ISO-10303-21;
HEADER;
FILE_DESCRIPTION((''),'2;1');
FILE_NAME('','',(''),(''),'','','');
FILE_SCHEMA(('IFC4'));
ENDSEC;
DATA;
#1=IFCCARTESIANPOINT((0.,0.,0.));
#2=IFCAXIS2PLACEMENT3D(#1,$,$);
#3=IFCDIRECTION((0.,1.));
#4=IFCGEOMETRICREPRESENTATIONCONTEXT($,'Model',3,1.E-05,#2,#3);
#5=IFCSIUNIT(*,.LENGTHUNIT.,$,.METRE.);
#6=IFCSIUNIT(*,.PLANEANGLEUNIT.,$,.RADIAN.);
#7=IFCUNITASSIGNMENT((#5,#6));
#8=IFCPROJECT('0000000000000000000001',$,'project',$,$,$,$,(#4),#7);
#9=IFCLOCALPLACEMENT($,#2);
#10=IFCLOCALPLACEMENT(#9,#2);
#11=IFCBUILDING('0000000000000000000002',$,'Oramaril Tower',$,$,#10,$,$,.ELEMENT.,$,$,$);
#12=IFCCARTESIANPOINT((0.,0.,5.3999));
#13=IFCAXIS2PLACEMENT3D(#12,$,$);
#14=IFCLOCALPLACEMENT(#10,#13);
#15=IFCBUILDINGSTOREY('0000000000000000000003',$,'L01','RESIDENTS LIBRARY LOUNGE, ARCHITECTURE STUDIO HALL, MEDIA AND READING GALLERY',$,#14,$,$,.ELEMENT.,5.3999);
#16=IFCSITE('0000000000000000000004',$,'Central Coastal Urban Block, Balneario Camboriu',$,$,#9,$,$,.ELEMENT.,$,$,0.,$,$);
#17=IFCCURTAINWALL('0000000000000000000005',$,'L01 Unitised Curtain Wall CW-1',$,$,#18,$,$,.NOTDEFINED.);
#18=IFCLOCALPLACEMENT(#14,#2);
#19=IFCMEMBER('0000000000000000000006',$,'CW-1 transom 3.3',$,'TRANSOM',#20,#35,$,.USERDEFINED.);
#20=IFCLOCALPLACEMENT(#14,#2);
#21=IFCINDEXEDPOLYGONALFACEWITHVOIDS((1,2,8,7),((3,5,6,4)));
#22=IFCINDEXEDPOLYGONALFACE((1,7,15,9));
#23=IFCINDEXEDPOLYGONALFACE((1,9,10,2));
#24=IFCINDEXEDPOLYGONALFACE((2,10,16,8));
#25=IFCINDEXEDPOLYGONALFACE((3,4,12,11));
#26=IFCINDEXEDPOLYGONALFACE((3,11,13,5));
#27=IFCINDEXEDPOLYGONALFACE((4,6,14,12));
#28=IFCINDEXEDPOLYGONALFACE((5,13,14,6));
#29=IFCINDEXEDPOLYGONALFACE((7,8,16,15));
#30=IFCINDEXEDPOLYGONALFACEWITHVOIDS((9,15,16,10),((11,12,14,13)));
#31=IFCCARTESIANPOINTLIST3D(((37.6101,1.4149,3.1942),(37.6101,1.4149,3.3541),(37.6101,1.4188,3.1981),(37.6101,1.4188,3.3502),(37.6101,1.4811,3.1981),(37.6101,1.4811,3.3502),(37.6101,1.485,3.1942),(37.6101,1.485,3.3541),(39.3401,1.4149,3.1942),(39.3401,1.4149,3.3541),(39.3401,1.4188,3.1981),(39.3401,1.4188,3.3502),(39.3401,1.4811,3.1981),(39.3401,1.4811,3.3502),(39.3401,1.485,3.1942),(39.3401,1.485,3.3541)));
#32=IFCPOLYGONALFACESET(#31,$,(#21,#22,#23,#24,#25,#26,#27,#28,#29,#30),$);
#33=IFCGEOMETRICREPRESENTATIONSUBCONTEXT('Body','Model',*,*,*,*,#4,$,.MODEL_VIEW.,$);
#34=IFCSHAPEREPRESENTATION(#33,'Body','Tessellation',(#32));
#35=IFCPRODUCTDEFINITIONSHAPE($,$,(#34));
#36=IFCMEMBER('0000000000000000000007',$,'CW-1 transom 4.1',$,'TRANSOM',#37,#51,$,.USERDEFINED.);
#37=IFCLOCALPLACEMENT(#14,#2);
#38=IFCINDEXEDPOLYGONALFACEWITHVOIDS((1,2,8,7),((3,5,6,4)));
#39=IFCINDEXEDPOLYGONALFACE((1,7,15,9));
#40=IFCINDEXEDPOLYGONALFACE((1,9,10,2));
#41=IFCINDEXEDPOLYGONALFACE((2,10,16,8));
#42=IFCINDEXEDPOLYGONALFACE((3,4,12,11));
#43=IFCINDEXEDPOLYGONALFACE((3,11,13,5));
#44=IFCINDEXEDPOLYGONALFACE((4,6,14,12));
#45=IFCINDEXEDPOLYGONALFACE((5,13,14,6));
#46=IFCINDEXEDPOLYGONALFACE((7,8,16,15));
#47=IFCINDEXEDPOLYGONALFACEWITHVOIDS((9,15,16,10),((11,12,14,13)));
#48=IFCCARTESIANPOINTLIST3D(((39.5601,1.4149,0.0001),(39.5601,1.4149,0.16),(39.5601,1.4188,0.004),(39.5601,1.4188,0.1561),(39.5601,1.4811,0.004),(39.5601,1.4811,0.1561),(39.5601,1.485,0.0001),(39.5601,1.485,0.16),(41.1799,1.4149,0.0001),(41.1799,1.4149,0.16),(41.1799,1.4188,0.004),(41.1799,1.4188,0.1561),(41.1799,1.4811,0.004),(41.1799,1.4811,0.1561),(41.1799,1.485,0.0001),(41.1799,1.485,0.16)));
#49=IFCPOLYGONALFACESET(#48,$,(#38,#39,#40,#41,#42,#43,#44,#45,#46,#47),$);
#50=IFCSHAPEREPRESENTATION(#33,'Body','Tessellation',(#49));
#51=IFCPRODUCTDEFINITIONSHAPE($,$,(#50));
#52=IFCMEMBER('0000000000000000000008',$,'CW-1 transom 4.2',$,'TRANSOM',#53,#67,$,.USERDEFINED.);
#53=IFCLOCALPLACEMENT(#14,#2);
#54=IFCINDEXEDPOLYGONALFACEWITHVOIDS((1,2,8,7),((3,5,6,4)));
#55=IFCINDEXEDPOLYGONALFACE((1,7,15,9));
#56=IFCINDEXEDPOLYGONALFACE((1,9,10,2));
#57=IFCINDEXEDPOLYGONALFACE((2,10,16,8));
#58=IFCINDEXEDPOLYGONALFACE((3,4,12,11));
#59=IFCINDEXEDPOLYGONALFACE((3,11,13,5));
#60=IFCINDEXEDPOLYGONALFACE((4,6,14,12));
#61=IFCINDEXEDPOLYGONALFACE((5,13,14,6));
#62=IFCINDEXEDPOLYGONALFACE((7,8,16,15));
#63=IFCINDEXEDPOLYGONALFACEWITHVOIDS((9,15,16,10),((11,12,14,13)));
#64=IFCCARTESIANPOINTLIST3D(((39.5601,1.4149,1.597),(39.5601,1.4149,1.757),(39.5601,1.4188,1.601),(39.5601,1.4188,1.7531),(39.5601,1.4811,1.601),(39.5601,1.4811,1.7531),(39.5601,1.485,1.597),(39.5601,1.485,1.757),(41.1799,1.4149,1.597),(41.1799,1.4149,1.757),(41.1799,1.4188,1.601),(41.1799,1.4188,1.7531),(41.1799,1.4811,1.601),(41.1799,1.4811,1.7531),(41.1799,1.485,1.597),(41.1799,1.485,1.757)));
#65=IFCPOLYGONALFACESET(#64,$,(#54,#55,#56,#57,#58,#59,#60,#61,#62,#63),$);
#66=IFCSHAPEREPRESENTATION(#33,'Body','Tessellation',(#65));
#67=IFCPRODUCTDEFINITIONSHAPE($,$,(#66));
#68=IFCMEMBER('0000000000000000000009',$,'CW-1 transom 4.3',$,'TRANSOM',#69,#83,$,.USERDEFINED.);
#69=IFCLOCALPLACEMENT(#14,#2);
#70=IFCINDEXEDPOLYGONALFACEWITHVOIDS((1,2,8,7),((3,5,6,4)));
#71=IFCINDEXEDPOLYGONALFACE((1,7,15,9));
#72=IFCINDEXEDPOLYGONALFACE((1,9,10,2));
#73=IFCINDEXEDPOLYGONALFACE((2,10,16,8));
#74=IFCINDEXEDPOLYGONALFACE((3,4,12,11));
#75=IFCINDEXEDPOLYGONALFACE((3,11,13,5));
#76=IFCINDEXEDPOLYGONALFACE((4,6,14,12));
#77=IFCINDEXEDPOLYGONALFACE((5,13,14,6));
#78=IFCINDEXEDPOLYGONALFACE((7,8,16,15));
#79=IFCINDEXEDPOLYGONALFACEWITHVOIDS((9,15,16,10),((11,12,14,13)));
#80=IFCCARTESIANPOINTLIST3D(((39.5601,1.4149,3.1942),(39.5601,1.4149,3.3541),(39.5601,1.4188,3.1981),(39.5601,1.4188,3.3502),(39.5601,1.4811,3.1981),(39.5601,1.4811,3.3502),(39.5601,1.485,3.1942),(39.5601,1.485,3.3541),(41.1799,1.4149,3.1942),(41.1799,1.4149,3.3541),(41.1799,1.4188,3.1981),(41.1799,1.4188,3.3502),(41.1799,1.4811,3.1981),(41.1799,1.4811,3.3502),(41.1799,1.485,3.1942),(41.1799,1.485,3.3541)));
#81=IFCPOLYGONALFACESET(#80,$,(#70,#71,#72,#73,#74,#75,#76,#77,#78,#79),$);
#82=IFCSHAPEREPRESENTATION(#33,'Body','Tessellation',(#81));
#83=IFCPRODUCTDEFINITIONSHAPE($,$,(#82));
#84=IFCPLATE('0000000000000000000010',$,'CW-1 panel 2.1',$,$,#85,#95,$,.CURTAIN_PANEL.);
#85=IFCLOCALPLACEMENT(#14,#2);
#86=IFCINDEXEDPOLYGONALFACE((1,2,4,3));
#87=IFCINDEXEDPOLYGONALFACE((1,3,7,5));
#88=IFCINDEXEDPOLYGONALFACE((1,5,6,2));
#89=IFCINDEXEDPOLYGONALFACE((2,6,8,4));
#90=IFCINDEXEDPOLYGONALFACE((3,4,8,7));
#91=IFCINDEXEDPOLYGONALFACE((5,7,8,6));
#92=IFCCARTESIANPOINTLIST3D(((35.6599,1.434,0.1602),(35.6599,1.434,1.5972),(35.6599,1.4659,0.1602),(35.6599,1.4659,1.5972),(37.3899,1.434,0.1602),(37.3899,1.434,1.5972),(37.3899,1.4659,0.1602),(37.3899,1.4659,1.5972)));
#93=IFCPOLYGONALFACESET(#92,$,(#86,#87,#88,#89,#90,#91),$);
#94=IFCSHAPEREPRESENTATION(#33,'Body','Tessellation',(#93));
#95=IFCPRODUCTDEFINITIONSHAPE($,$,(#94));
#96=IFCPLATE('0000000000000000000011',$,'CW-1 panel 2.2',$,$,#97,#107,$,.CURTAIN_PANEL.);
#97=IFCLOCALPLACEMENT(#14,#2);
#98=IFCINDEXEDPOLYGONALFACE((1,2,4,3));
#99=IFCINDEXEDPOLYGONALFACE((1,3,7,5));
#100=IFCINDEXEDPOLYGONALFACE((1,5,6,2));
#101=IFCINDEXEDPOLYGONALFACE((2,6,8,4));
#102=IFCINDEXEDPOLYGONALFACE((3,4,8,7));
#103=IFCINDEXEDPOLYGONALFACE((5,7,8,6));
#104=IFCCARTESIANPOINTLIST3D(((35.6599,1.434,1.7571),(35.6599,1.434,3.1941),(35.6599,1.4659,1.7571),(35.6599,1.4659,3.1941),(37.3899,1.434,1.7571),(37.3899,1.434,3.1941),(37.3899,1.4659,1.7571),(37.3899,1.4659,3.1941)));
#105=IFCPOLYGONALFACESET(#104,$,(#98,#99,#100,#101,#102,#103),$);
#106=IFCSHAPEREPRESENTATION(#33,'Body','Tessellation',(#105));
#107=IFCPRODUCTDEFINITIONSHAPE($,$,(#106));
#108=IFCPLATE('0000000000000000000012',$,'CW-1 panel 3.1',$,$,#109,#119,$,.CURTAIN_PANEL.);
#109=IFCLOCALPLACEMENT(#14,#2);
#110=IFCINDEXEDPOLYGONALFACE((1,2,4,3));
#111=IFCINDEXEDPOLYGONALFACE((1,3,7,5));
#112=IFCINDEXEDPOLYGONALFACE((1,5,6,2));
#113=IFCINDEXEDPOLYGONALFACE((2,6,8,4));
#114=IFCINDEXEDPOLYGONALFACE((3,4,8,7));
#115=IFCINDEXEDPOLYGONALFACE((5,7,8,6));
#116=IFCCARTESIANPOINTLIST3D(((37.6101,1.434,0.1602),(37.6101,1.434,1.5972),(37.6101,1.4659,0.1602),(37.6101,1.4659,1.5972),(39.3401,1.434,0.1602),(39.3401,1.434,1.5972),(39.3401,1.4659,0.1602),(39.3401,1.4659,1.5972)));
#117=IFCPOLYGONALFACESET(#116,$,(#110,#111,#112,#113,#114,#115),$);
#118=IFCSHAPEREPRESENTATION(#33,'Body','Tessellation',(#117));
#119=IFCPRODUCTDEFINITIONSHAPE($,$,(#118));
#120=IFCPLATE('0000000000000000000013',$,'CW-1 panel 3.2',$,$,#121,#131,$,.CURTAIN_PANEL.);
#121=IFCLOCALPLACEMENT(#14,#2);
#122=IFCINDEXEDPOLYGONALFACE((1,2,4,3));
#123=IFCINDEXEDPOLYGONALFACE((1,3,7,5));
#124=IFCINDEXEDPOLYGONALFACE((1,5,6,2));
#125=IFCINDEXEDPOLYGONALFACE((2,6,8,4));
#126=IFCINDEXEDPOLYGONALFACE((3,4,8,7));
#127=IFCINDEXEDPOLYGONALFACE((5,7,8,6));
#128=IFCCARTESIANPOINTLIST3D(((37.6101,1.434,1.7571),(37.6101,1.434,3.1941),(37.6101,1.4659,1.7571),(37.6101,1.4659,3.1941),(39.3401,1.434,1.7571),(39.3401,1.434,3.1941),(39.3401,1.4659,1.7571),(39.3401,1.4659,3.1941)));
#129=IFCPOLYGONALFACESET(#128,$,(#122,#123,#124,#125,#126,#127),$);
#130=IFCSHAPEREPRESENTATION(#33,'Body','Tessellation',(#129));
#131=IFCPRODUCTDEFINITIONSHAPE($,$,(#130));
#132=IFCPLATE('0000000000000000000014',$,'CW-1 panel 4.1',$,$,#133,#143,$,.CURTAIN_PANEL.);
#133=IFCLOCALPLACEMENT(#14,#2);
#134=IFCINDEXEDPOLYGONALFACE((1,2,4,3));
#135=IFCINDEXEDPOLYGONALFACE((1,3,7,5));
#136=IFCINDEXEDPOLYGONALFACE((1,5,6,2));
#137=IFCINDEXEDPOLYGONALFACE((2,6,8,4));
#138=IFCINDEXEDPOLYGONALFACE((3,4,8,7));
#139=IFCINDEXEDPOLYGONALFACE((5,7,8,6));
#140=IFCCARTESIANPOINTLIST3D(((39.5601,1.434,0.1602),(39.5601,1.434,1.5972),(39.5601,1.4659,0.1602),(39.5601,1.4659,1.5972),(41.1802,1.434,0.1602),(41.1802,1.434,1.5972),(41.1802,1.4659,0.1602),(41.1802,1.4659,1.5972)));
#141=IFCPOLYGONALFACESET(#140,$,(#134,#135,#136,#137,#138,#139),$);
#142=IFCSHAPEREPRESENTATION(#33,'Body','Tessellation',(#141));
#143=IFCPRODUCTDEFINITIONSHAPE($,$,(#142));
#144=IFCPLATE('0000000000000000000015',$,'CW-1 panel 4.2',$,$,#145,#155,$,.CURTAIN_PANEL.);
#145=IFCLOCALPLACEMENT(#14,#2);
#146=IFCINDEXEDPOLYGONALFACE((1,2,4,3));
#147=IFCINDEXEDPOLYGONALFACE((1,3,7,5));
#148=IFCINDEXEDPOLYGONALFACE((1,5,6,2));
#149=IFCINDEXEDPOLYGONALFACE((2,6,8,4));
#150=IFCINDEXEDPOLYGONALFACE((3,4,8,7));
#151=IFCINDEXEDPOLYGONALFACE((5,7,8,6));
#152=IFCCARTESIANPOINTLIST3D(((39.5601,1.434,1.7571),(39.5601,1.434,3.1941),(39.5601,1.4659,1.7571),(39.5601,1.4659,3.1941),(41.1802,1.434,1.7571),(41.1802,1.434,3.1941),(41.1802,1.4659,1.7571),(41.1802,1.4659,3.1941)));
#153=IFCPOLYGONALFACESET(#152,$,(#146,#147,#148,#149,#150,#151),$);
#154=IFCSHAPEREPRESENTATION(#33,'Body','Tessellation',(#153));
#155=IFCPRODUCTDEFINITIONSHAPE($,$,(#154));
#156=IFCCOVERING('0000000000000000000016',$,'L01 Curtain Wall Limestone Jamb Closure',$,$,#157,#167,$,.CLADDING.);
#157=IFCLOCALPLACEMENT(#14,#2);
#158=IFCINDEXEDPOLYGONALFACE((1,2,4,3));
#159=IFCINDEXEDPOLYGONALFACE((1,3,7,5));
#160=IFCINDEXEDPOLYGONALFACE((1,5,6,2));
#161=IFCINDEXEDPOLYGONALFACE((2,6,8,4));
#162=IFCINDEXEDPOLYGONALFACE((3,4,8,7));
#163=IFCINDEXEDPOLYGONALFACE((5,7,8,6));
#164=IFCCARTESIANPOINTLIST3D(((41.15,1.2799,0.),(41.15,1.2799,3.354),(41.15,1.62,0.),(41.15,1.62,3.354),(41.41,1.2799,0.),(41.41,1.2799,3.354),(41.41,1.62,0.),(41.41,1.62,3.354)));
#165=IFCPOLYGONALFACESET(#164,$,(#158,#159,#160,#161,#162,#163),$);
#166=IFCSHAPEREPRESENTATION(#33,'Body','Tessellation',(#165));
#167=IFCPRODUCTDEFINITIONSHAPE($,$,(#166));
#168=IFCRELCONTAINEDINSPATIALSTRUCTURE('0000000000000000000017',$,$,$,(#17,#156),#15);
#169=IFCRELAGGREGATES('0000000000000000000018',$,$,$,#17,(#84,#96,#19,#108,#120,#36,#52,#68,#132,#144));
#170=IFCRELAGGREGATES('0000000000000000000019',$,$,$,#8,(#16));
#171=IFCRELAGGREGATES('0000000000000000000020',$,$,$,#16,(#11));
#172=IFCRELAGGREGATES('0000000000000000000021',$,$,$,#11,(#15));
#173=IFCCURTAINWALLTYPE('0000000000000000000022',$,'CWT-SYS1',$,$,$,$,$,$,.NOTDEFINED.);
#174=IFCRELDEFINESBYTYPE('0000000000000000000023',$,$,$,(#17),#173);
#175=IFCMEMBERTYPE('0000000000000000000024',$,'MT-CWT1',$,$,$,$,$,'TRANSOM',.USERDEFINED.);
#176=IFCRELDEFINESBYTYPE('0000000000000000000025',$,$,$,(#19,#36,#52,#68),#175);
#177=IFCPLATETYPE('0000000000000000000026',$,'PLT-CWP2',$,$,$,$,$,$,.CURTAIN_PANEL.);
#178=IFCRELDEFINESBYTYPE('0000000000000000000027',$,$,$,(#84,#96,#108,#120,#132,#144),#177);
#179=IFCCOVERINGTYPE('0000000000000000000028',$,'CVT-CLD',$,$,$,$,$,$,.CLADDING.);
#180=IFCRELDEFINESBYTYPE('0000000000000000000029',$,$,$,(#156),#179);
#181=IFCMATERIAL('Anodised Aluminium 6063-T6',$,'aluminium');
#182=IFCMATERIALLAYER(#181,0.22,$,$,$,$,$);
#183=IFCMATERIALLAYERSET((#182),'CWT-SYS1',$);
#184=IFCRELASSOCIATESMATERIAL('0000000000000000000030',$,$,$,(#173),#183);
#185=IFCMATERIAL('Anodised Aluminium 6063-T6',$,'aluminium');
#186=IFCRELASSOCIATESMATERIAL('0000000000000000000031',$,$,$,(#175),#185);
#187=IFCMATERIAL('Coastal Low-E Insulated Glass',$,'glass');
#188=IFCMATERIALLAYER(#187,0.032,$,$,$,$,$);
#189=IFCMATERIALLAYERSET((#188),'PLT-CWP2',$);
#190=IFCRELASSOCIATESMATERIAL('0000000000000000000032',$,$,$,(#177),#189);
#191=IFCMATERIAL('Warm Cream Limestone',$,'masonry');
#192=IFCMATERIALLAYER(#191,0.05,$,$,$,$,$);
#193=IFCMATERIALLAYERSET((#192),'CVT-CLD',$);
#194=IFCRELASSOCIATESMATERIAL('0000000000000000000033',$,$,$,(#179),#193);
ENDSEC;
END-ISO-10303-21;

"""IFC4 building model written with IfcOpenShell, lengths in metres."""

from ifc_helpers import new_model, si_unit, direction, frame, origin, origin_2d, place, context, subcontext, project, spatial, rectangle, hollow_rectangle, extrude, material, layer, layer_set, material_profile, profile_set, type_object, element, aggregate, save


model = new_model("IFC4")

# Units and contexts
model_context = context("Model", 3, precision=1e-05, world=origin(), true_north=direction((0.0, 1.0)))
body_context = subcontext(model_context, "Body", "Model", "MODEL_VIEW")
ifc_project = project(units=[si_unit("LENGTHUNIT", "METRE"), si_unit("PLANEANGLEUNIT", "RADIAN")], contexts=[model_context])

# Site, building, storey
site_placement = place(None, origin())
site = spatial("IfcSite", under=ifc_project, at=site_placement, Name="Central Coastal Urban Block, Balneario Camboriu", CompositionType="ELEMENT", RefElevation=0.0)
building_placement = place(site_placement, origin())
building = spatial("IfcBuilding", under=site, at=building_placement, Name="Oramaril Tower", CompositionType="ELEMENT")
storey_placement = place(building_placement, frame((0.0, 0.0, 5.3999)))
storey = spatial("IfcBuildingStorey", under=building, at=storey_placement, Name="L01", Description="RESIDENTS LIBRARY LOUNGE, ARCHITECTURE STUDIO HALL, MEDIA AND READING GALLERY", CompositionType="ELEMENT", Elevation=5.3999)

# Curtain wall, members, plates
ifc_material_1 = material(Name="Anodised Aluminium 6063-T6", Category="aluminium")
ifc_layer_1 = layer(ifc_material_1, 0.22)
ifc_layer_set_1 = layer_set([ifc_layer_1], Name="CWT-SYS1")
curtain_wall_type = type_object("IfcCurtainWallType", Name="CWT-SYS1", PredefinedType="NOTDEFINED", material=ifc_layer_set_1)
curtain_wall_placement = place(storey_placement, origin())
curtain_wall = element("IfcCurtainWall", 1, at=curtain_wall_placement, inside=storey, type_object=curtain_wall_type, Name="L01 Unitised Curtain Wall CW-1", PredefinedType="NOTDEFINED")
ifc_material_2 = material(Name="Anodised Aluminium 6063-T6", Category="aluminium")
ifc_material_profile_1 = material_profile(ifc_material_2, hollow_rectangle(XDim=0.0701, YDim=0.1599, WallThickness=0.0039, at=origin_2d()), Name="CWT160X70")
ifc_profile_set_1 = profile_set([ifc_material_profile_1], Name="Anodised Aluminium 6063-T6")
member_type_1 = type_object("IfcMemberType", Name="MT-CWT1", ElementType="TRANSOM", PredefinedType="USERDEFINED", material=ifc_profile_set_1)
member_1_placement = place(storey_placement, frame((37.6101, 1.45, 3.2742), z_axis=(1.0, 0.0, 0.0), x_axis=(0.0, 1.0, 0.0)))
member_1 = element("IfcMember", 2, at=member_1_placement, type_object=member_type_1, Name="CW-1 transom 3.3", ObjectType="TRANSOM", PredefinedType="USERDEFINED", context=body_context, shape_type="SweptSolid", body=[
    extrude(hollow_rectangle(XDim=0.0701, YDim=0.1599, WallThickness=0.0039, at=origin_2d()), origin(), (0.0, 0.0, 1.0), 1.73),
])
member_2_placement = place(storey_placement, frame((39.5601, 1.45, 0.0801), z_axis=(1.0, 0.0, 0.0), x_axis=(0.0, 1.0, 0.0)))
member_2 = element("IfcMember", 3, at=member_2_placement, type_object=member_type_1, Name="CW-1 transom 4.1", ObjectType="TRANSOM", PredefinedType="USERDEFINED", context=body_context, shape_type="SweptSolid", body=[
    extrude(hollow_rectangle(XDim=0.0701, YDim=0.1599, WallThickness=0.0039, at=origin_2d()), origin(), (0.0, 0.0, 1.0), 1.6199),
])
member_3_placement = place(storey_placement, frame((39.5601, 1.45, 1.677), z_axis=(1.0, 0.0, 0.0), x_axis=(0.0, 1.0, 0.0)))
member_3 = element("IfcMember", 4, at=member_3_placement, type_object=member_type_1, Name="CW-1 transom 4.2", ObjectType="TRANSOM", PredefinedType="USERDEFINED", context=body_context, shape_type="SweptSolid", body=[
    extrude(hollow_rectangle(XDim=0.0701, YDim=0.1599, WallThickness=0.0039, at=origin_2d()), origin(), (0.0, 0.0, 1.0), 1.6199),
])
member_4_placement = place(storey_placement, frame((39.5601, 1.45, 3.2742), z_axis=(1.0, 0.0, 0.0), x_axis=(0.0, 1.0, 0.0)))
member_4 = element("IfcMember", 5, at=member_4_placement, type_object=member_type_1, Name="CW-1 transom 4.3", ObjectType="TRANSOM", PredefinedType="USERDEFINED", context=body_context, shape_type="SweptSolid", body=[
    extrude(hollow_rectangle(XDim=0.0701, YDim=0.1599, WallThickness=0.0039, at=origin_2d()), origin(), (0.0, 0.0, 1.0), 1.6199),
])
ifc_material_3 = material(Name="Coastal Low-E Insulated Glass", Category="glass")
ifc_layer_2 = layer(ifc_material_3, 0.032)
ifc_layer_set_2 = layer_set([ifc_layer_2], Name="PLT-CWP2")
plate_type = type_object("IfcPlateType", Name="PLT-CWP2", PredefinedType="CURTAIN_PANEL", material=ifc_layer_set_2)
plate_1_placement = place(storey_placement, frame((36.5249, 1.45, 0.1602), z_axis=(0.0, 0.0, 1.0), x_axis=(1.0, 0.0, 0.0)))
plate_1 = element("IfcPlate", 6, at=plate_1_placement, type_object=plate_type, Name="CW-1 panel 2.1", PredefinedType="CURTAIN_PANEL", context=body_context, shape_type="SweptSolid", body=[
    extrude(rectangle(XDim=1.73, YDim=0.032, at=origin_2d()), origin(), (0.0, 0.0, 1.0), 1.437),
])
plate_2_placement = place(storey_placement, frame((36.5249, 1.45, 1.7571), z_axis=(0.0, 0.0, 1.0), x_axis=(1.0, 0.0, 0.0)))
plate_2 = element("IfcPlate", 7, at=plate_2_placement, type_object=plate_type, Name="CW-1 panel 2.2", PredefinedType="CURTAIN_PANEL", context=body_context, shape_type="SweptSolid", body=[
    extrude(rectangle(XDim=1.73, YDim=0.032, at=origin_2d()), origin(), (0.0, 0.0, 1.0), 1.437),
])
plate_3_placement = place(storey_placement, frame((38.4751, 1.45, 0.1602), z_axis=(0.0, 0.0, 1.0), x_axis=(1.0, 0.0, 0.0)))
plate_3 = element("IfcPlate", 8, at=plate_3_placement, type_object=plate_type, Name="CW-1 panel 3.1", PredefinedType="CURTAIN_PANEL", context=body_context, shape_type="SweptSolid", body=[
    extrude(rectangle(XDim=1.73, YDim=0.032, at=origin_2d()), origin(), (0.0, 0.0, 1.0), 1.437),
])
plate_4_placement = place(storey_placement, frame((38.4751, 1.45, 1.7571), z_axis=(0.0, 0.0, 1.0), x_axis=(1.0, 0.0, 0.0)))
plate_4 = element("IfcPlate", 9, at=plate_4_placement, type_object=plate_type, Name="CW-1 panel 3.2", PredefinedType="CURTAIN_PANEL", context=body_context, shape_type="SweptSolid", body=[
    extrude(rectangle(XDim=1.73, YDim=0.032, at=origin_2d()), origin(), (0.0, 0.0, 1.0), 1.437),
])
plate_5_placement = place(storey_placement, frame((40.3701, 1.45, 0.1602), z_axis=(0.0, 0.0, 1.0), x_axis=(1.0, 0.0, 0.0)))
plate_5 = element("IfcPlate", 10, at=plate_5_placement, type_object=plate_type, Name="CW-1 panel 4.1", PredefinedType="CURTAIN_PANEL", context=body_context, shape_type="SweptSolid", body=[
    extrude(rectangle(XDim=1.6201, YDim=0.032, at=origin_2d()), origin(), (0.0, 0.0, 1.0), 1.437),
])
plate_6_placement = place(storey_placement, frame((40.3701, 1.45, 1.7571), z_axis=(0.0, 0.0, 1.0), x_axis=(1.0, 0.0, 0.0)))
plate_6 = element("IfcPlate", 11, at=plate_6_placement, type_object=plate_type, Name="CW-1 panel 4.2", PredefinedType="CURTAIN_PANEL", context=body_context, shape_type="SweptSolid", body=[
    extrude(rectangle(XDim=1.6201, YDim=0.032, at=origin_2d()), origin(), (0.0, 0.0, 1.0), 1.437),
])
aggregate(curtain_wall, [plate_1, plate_2, member_1, plate_3, plate_4, member_2, member_3, member_4, plate_5, plate_6])

# Covering
ifc_material_4 = material(Name="Warm Cream Limestone", Category="masonry")
ifc_layer_3 = layer(ifc_material_4, 0.05)
ifc_layer_set_3 = layer_set([ifc_layer_3], Name="CVT-CLD")
covering_type = type_object("IfcCoveringType", Name="CVT-CLD", PredefinedType="CLADDING", material=ifc_layer_set_3)
covering_placement = place(storey_placement, frame((41.28, 1.45, 0.0), z_axis=(0.0, 0.0, 1.0), x_axis=(1.0, 0.0, 0.0)))
element("IfcCovering", 12, at=covering_placement, inside=storey, type_object=covering_type, Name="L01 Curtain Wall Limestone Jamb Closure", PredefinedType="CLADDING", context=body_context, shape_type="SweptSolid", body=[
    extrude(rectangle(XDim=0.26, YDim=0.3401, at=origin_2d()), origin(), (0.0, 0.0, 1.0), 3.354),
])

save(model, "model.ifc")
